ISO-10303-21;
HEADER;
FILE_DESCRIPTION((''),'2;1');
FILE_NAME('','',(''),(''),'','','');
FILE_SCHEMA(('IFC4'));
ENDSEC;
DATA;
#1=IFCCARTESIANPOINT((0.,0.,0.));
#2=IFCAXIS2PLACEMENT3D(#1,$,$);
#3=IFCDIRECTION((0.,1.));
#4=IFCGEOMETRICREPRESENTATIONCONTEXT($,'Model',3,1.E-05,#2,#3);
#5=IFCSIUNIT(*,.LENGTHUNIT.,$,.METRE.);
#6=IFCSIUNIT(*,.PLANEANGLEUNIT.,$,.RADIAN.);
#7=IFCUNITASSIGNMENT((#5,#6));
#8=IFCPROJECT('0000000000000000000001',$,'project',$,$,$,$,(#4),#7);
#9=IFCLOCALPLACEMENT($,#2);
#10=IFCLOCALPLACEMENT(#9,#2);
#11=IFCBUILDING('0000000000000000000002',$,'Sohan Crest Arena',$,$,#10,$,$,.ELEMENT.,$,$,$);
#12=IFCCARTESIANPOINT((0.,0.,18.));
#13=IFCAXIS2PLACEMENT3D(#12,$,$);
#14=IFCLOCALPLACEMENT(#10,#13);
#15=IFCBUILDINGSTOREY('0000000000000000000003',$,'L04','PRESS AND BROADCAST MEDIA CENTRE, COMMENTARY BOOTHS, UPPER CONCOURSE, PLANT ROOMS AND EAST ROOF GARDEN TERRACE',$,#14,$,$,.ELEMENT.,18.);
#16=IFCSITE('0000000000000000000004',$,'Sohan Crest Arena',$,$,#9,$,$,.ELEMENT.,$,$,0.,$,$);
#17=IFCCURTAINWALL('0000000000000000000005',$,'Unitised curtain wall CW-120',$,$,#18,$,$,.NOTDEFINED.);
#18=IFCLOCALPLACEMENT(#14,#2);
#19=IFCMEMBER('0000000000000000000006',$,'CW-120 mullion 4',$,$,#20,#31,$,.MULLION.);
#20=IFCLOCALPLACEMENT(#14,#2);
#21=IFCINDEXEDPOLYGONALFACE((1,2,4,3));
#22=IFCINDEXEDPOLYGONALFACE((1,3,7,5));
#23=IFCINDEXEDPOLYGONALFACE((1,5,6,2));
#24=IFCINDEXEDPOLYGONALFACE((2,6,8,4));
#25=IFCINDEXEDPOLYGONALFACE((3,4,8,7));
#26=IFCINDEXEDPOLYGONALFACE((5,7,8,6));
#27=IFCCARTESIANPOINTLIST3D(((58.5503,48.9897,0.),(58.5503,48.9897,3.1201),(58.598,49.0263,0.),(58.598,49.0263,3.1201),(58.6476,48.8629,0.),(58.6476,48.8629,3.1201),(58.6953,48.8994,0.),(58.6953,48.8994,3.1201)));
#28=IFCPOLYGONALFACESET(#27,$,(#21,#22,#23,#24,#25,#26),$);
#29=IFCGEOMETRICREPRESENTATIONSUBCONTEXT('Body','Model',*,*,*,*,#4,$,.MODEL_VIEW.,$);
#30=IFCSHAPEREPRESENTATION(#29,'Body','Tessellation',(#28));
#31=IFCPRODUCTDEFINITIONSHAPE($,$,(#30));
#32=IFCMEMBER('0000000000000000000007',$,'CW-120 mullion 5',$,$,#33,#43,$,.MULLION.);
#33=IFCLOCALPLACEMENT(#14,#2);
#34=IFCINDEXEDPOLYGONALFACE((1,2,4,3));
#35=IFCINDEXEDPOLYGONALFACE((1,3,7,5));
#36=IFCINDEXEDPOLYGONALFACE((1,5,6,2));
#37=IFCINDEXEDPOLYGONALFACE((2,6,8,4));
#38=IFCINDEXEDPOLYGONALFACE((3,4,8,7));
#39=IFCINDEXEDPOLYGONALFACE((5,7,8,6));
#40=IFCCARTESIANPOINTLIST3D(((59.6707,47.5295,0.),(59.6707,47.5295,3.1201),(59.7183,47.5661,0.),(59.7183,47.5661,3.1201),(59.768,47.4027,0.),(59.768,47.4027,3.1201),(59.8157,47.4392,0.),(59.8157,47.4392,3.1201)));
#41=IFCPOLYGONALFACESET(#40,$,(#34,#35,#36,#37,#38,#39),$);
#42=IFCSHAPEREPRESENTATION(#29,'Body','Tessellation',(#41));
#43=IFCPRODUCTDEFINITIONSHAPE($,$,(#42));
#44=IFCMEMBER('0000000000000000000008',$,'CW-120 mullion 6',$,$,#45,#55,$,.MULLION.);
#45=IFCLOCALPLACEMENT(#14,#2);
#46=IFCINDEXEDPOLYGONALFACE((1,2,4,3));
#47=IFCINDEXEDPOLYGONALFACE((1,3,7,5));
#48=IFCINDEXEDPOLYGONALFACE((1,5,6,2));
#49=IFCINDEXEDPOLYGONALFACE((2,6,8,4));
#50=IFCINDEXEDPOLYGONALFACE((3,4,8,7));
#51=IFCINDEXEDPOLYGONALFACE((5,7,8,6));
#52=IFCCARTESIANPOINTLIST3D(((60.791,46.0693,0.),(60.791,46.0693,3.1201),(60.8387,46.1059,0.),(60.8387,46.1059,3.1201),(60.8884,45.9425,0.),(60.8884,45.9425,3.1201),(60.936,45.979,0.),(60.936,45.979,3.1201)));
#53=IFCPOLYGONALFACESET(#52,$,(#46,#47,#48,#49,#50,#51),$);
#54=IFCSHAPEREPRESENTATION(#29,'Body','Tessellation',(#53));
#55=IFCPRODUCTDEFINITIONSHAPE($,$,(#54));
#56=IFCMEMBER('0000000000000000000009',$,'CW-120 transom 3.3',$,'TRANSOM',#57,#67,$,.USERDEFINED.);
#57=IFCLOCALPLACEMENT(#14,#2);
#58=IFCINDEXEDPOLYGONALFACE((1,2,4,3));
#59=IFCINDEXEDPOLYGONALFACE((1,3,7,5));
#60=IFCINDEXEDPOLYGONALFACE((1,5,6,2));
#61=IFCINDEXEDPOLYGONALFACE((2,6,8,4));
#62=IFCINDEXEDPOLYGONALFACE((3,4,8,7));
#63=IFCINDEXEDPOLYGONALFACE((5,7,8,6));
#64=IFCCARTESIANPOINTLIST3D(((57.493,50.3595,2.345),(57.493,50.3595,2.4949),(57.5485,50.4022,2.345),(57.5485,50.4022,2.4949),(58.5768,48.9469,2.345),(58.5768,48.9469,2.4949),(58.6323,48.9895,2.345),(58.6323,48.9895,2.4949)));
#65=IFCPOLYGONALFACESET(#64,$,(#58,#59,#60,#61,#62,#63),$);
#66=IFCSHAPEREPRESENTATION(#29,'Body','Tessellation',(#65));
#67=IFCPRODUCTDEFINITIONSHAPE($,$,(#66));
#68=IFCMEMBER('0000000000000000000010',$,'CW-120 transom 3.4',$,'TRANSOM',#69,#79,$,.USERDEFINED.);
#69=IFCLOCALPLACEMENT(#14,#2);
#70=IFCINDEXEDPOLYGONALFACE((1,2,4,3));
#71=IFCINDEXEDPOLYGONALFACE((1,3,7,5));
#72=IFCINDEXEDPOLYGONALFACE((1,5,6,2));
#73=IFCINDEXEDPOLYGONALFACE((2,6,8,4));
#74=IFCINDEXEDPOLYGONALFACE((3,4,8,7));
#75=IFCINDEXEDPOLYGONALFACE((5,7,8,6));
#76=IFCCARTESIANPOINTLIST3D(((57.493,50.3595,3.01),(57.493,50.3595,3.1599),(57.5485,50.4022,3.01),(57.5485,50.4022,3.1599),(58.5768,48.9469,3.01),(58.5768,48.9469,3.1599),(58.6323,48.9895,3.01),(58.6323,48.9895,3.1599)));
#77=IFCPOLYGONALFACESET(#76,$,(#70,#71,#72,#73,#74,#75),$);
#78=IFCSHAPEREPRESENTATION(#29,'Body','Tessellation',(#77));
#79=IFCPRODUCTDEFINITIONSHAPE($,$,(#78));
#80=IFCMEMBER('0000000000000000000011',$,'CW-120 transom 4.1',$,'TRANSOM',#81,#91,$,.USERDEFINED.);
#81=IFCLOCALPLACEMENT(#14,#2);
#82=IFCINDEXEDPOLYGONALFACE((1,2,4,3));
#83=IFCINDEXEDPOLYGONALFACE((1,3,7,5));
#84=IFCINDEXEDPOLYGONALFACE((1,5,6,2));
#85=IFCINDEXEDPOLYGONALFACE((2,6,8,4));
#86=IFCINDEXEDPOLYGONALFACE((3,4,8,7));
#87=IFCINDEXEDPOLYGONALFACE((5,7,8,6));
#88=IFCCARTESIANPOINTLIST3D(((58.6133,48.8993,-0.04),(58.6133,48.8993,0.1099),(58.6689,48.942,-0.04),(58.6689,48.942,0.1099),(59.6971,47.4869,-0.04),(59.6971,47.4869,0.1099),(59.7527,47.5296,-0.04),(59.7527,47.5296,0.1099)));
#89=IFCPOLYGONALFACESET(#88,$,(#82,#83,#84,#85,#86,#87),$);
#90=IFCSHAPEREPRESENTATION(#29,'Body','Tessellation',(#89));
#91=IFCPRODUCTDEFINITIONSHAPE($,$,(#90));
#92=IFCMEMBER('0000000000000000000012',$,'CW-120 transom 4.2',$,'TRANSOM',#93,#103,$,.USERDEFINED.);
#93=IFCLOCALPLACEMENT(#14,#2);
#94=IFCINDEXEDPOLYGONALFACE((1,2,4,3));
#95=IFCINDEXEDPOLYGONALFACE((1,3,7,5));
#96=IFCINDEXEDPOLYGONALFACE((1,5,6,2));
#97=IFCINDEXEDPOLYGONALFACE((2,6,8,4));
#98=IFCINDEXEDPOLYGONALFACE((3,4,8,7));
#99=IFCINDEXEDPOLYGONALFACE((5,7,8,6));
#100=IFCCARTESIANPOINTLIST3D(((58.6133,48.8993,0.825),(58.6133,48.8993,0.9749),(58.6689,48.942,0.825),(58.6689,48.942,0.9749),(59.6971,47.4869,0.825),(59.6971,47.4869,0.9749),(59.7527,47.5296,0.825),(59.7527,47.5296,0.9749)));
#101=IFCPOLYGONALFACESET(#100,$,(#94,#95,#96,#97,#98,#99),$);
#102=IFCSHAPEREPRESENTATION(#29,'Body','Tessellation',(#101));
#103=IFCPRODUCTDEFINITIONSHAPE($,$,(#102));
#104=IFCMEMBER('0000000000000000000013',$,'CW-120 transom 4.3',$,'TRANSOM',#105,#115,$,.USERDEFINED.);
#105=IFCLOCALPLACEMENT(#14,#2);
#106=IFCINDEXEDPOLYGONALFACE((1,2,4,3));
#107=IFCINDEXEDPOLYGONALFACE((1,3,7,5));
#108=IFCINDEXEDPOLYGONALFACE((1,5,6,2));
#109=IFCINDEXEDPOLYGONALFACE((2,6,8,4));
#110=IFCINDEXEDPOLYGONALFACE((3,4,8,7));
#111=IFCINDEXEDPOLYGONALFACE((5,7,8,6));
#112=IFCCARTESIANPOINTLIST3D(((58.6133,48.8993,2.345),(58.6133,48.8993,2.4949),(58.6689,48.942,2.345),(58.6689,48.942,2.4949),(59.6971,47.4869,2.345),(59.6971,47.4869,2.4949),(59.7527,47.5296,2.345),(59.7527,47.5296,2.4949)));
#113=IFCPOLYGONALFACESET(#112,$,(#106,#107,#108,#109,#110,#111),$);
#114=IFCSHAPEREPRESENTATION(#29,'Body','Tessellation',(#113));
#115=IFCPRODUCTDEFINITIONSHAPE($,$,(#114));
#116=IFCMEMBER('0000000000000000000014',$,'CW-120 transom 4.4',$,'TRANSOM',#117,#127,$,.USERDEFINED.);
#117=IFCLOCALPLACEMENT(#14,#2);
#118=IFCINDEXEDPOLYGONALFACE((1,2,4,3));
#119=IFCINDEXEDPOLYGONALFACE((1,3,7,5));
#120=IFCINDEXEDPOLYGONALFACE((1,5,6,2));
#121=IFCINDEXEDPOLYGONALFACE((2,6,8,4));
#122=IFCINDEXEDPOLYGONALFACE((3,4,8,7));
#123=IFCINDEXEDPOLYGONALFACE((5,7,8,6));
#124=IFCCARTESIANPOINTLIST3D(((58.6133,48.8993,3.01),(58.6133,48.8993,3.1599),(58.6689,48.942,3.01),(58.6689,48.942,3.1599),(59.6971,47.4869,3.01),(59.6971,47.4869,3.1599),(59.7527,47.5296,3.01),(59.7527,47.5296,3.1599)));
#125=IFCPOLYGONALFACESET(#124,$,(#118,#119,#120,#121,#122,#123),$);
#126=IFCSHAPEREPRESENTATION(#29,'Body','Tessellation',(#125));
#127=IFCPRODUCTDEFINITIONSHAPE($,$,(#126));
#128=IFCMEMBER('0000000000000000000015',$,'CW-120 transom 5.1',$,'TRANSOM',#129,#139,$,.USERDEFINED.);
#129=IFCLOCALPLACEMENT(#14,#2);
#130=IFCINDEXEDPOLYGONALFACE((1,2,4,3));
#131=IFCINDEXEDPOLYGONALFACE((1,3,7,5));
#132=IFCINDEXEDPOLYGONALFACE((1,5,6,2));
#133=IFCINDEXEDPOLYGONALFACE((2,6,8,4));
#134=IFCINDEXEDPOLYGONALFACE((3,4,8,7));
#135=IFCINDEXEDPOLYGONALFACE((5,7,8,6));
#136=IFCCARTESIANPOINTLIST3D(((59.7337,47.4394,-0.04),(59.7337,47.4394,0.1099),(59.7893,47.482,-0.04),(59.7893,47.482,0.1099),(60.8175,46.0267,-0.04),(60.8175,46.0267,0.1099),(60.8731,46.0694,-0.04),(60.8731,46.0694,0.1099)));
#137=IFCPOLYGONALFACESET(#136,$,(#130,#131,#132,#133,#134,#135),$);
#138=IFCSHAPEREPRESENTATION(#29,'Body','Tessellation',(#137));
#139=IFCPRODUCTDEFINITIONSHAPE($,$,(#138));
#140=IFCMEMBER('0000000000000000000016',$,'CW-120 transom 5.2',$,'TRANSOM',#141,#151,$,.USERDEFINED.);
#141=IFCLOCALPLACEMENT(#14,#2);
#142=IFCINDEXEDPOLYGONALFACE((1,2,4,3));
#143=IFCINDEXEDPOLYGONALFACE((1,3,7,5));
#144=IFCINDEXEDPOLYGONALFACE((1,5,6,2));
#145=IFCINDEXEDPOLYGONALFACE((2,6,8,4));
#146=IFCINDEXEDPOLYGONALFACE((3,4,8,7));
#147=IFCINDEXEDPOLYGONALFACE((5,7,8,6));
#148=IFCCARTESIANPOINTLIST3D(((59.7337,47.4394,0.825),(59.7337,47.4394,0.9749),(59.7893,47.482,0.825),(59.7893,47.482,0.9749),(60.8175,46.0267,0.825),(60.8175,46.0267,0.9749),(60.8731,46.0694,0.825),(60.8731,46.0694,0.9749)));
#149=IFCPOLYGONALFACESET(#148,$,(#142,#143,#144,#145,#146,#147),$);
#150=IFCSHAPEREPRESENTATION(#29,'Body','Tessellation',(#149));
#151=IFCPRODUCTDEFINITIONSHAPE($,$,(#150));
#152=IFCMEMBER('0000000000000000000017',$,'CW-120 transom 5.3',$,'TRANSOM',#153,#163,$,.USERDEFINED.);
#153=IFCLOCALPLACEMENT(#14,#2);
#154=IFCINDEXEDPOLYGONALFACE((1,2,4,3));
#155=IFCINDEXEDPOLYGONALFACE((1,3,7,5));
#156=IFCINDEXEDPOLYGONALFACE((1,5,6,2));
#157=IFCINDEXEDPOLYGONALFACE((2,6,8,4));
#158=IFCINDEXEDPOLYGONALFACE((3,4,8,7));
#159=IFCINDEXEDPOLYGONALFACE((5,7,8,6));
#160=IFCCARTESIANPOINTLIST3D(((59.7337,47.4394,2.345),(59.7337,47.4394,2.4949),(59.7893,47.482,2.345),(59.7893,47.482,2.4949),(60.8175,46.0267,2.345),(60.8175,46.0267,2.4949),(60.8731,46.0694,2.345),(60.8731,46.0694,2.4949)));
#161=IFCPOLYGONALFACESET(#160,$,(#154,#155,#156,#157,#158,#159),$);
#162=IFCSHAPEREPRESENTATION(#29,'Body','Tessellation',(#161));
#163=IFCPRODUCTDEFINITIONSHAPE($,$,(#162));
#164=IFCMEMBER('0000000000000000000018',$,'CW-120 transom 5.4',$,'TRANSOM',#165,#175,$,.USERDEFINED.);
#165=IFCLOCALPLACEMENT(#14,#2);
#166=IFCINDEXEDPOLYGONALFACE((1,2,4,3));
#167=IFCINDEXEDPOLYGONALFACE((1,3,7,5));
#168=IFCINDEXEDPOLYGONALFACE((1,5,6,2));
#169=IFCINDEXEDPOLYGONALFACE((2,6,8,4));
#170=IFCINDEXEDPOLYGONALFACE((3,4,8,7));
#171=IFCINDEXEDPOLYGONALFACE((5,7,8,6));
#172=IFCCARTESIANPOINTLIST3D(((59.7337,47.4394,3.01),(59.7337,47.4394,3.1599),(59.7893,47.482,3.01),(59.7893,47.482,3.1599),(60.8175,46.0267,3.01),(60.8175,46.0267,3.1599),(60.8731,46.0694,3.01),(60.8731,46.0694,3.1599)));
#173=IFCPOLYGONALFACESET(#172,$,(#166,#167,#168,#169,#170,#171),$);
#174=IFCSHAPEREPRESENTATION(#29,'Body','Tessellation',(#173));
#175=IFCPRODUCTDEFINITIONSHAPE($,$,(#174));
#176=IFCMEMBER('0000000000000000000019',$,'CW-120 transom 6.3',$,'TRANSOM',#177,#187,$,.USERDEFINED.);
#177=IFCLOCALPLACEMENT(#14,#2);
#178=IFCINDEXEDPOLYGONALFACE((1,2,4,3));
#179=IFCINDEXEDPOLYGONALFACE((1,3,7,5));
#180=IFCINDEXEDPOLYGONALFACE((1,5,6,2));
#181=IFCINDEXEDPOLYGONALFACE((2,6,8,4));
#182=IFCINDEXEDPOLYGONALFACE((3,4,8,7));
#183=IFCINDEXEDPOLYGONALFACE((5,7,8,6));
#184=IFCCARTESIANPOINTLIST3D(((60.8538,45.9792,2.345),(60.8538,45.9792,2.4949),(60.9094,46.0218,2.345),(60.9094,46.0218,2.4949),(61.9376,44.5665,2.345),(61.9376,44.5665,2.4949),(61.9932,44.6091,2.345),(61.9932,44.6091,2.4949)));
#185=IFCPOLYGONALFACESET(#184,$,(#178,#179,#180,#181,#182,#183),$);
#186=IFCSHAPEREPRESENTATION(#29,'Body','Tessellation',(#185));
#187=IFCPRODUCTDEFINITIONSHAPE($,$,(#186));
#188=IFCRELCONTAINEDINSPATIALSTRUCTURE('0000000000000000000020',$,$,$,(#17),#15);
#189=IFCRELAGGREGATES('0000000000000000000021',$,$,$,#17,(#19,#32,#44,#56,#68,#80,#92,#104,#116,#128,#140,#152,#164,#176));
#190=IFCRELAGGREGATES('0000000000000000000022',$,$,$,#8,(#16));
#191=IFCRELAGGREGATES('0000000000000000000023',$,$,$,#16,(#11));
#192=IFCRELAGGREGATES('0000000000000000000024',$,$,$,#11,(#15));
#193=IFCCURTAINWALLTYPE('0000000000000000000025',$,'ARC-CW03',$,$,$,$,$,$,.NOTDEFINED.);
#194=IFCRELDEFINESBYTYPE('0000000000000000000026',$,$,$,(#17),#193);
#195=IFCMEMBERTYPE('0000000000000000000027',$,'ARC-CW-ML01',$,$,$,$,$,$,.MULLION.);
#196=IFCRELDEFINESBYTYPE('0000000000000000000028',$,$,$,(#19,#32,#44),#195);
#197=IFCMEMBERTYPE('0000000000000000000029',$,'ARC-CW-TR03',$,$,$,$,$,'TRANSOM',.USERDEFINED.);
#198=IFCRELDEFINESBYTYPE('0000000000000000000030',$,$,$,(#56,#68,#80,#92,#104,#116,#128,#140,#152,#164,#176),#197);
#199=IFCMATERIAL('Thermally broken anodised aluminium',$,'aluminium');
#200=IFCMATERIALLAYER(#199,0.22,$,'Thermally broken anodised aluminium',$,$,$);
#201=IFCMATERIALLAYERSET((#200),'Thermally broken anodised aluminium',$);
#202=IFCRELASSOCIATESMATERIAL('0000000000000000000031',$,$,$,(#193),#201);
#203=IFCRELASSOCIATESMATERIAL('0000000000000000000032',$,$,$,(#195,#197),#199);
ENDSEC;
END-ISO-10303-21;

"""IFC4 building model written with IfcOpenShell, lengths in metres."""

from ifc_helpers import new_model, si_unit, direction, frame, origin, origin_2d, place, context, subcontext, project, spatial, rectangle, extrude, material, layer, layer_set, material_profile, profile_set, type_object, element, aggregate, save


model = new_model("IFC4")

# Units and contexts
model_context = context("Model", 3, precision=1e-05, world=origin(), true_north=direction((0.0, 1.0)))
body_context = subcontext(model_context, "Body", "Model", "MODEL_VIEW")
ifc_project = project(units=[si_unit("LENGTHUNIT", "METRE"), si_unit("PLANEANGLEUNIT", "RADIAN")], contexts=[model_context])

# Site, building, storey
site_placement = place(None, origin())
site = spatial("IfcSite", under=ifc_project, at=site_placement, Name="Sohan Crest Arena", CompositionType="ELEMENT", RefElevation=0.0)
building_placement = place(site_placement, origin())
building = spatial("IfcBuilding", under=site, at=building_placement, Name="Sohan Crest Arena", CompositionType="ELEMENT")
storey_placement = place(building_placement, frame((0.0, 0.0, 18.0)))
storey = spatial("IfcBuildingStorey", under=building, at=storey_placement, Name="L04", Description="PRESS AND BROADCAST MEDIA CENTRE, COMMENTARY BOOTHS, UPPER CONCOURSE, PLANT ROOMS AND EAST ROOF GARDEN TERRACE", CompositionType="ELEMENT", Elevation=18.0)

# Curtain wall, members
ifc_material_1 = material(Name="Thermally broken anodised aluminium", Category="aluminium")
ifc_layer_1 = layer(ifc_material_1, 0.22, Name="Thermally broken anodised aluminium")
ifc_layer_set_1 = layer_set([ifc_layer_1], Name="Thermally broken anodised aluminium")
curtain_wall_type = type_object("IfcCurtainWallType", Name="ARC-CW03", PredefinedType="NOTDEFINED", material=ifc_layer_set_1)
curtain_wall_placement = place(storey_placement, origin())
curtain_wall = element("IfcCurtainWall", 1, at=curtain_wall_placement, inside=storey, type_object=curtain_wall_type, Name="Unitised curtain wall CW-120", PredefinedType="NOTDEFINED")
ifc_material_profile_1 = material_profile(ifc_material_1, rectangle(XDim=0.0601, YDim=0.1599, at=origin_2d()), Name="ALU-MULL 60x160")
ifc_profile_set_1 = profile_set([ifc_material_profile_1], Name="Thermally broken anodised aluminium")
member_type_1 = type_object("IfcMemberType", Name="ARC-CW-ML01", PredefinedType="MULLION", material=ifc_profile_set_1)
member_1_placement = place(storey_placement, frame((58.6228, 48.9446, 0.0), z_axis=(0.0, 0.0, 1.0), x_axis=(0.793385, 0.60872, 0.0)))
member_1 = element("IfcMember", 2, at=member_1_placement, type_object=member_type_1, Name="CW-120 mullion 4", PredefinedType="MULLION", context=body_context, shape_type="SweptSolid", body=[
    extrude(rectangle(XDim=0.0601, YDim=0.1599, at=origin_2d()), origin(), (0.0, 0.0, 1.0), 3.1201),
])
member_2_placement = place(storey_placement, frame((59.7432, 47.4844, 0.0), z_axis=(0.0, 0.0, 1.0), x_axis=(0.793385, 0.60872, 0.0)))
member_2 = element("IfcMember", 3, at=member_2_placement, type_object=member_type_1, Name="CW-120 mullion 5", PredefinedType="MULLION", context=body_context, shape_type="SweptSolid", body=[
    extrude(rectangle(XDim=0.0601, YDim=0.1599, at=origin_2d()), origin(), (0.0, 0.0, 1.0), 3.1201),
])
member_3_placement = place(storey_placement, frame((60.8635, 46.0242, 0.0), z_axis=(0.0, 0.0, 1.0), x_axis=(0.793385, 0.60872, 0.0)))
member_3 = element("IfcMember", 4, at=member_3_placement, type_object=member_type_1, Name="CW-120 mullion 6", PredefinedType="MULLION", context=body_context, shape_type="SweptSolid", body=[
    extrude(rectangle(XDim=0.0601, YDim=0.1599, at=origin_2d()), origin(), (0.0, 0.0, 1.0), 3.1201),
])
ifc_material_profile_2 = material_profile(ifc_material_1, rectangle(XDim=0.0701, YDim=0.1499, at=origin_2d()), Name="ALU-TRAN 70x150")
ifc_profile_set_2 = profile_set([ifc_material_profile_2], Name="Thermally broken anodised aluminium")
member_type_2 = type_object("IfcMemberType", Name="ARC-CW-TR03", ElementType="TRANSOM", PredefinedType="USERDEFINED", material=ifc_profile_set_2)
member_4_placement = place(storey_placement, frame((57.5208, 50.3809, 2.4199), z_axis=(0.608696, -0.793403, 0.0), x_axis=(0.793403, 0.608696, 0.0)))
member_4 = element("IfcMember", 5, at=member_4_placement, type_object=member_type_2, Name="CW-120 transom 3.3", ObjectType="TRANSOM", PredefinedType="USERDEFINED", context=body_context, shape_type="SweptSolid", body=[
    extrude(rectangle(XDim=0.0701, YDim=0.1499, at=origin_2d()), origin(), (0.0, 0.0, 1.0), 1.7805),
])
member_5_placement = place(storey_placement, frame((57.5208, 50.3809, 3.085), z_axis=(0.608696, -0.793403, 0.0), x_axis=(0.793403, 0.608696, 0.0)))
member_5 = element("IfcMember", 6, at=member_5_placement, type_object=member_type_2, Name="CW-120 transom 3.4", ObjectType="TRANSOM", PredefinedType="USERDEFINED", context=body_context, shape_type="SweptSolid", body=[
    extrude(rectangle(XDim=0.0701, YDim=0.1499, at=origin_2d()), origin(), (0.0, 0.0, 1.0), 1.7805),
])
member_6_placement = place(storey_placement, frame((58.6411, 48.9207, 0.0349), z_axis=(0.608763, -0.793352, 0.0), x_axis=(0.793352, 0.608763, 0.0)))
member_6 = element("IfcMember", 7, at=member_6_placement, type_object=member_type_2, Name="CW-120 transom 4.1", ObjectType="TRANSOM", PredefinedType="USERDEFINED", context=body_context, shape_type="SweptSolid", body=[
    extrude(rectangle(XDim=0.0701, YDim=0.1499, at=origin_2d()), origin(), (0.0, 0.0, 1.0), 1.7803),
])
member_7_placement = place(storey_placement, frame((58.6411, 48.9207, 0.8999), z_axis=(0.608763, -0.793352, 0.0), x_axis=(0.793352, 0.608763, 0.0)))
member_7 = element("IfcMember", 8, at=member_7_placement, type_object=member_type_2, Name="CW-120 transom 4.2", ObjectType="TRANSOM", PredefinedType="USERDEFINED", context=body_context, shape_type="SweptSolid", body=[
    extrude(rectangle(XDim=0.0701, YDim=0.1499, at=origin_2d()), origin(), (0.0, 0.0, 1.0), 1.7803),
])
member_8_placement = place(storey_placement, frame((58.6411, 48.9207, 2.4199), z_axis=(0.608763, -0.793352, 0.0), x_axis=(0.793352, 0.608763, 0.0)))
member_8 = element("IfcMember", 9, at=member_8_placement, type_object=member_type_2, Name="CW-120 transom 4.3", ObjectType="TRANSOM", PredefinedType="USERDEFINED", context=body_context, shape_type="SweptSolid", body=[
    extrude(rectangle(XDim=0.0701, YDim=0.1499, at=origin_2d()), origin(), (0.0, 0.0, 1.0), 1.7803),
])
member_9_placement = place(storey_placement, frame((58.6411, 48.9207, 3.085), z_axis=(0.608763, -0.793352, 0.0), x_axis=(0.793352, 0.608763, 0.0)))
member_9 = element("IfcMember", 10, at=member_9_placement, type_object=member_type_2, Name="CW-120 transom 4.4", ObjectType="TRANSOM", PredefinedType="USERDEFINED", context=body_context, shape_type="SweptSolid", body=[
    extrude(rectangle(XDim=0.0701, YDim=0.1499, at=origin_2d()), origin(), (0.0, 0.0, 1.0), 1.7803),
])
member_10_placement = place(storey_placement, frame((59.7615, 47.4607, 0.0349), z_axis=(0.608696, -0.793403, 0.0), x_axis=(0.793403, 0.608696, 0.0)))
member_10 = element("IfcMember", 11, at=member_10_placement, type_object=member_type_2, Name="CW-120 transom 5.1", ObjectType="TRANSOM", PredefinedType="USERDEFINED", context=body_context, shape_type="SweptSolid", body=[
    extrude(rectangle(XDim=0.0701, YDim=0.1499, at=origin_2d()), origin(), (0.0, 0.0, 1.0), 1.7805),
])
member_11_placement = place(storey_placement, frame((59.7615, 47.4607, 0.8999), z_axis=(0.608696, -0.793403, 0.0), x_axis=(0.793403, 0.608696, 0.0)))
member_11 = element("IfcMember", 12, at=member_11_placement, type_object=member_type_2, Name="CW-120 transom 5.2", ObjectType="TRANSOM", PredefinedType="USERDEFINED", context=body_context, shape_type="SweptSolid", body=[
    extrude(rectangle(XDim=0.0701, YDim=0.1499, at=origin_2d()), origin(), (0.0, 0.0, 1.0), 1.7805),
])
member_12_placement = place(storey_placement, frame((59.7615, 47.4607, 2.4199), z_axis=(0.608696, -0.793403, 0.0), x_axis=(0.793403, 0.608696, 0.0)))
member_12 = element("IfcMember", 13, at=member_12_placement, type_object=member_type_2, Name="CW-120 transom 5.3", ObjectType="TRANSOM", PredefinedType="USERDEFINED", context=body_context, shape_type="SweptSolid", body=[
    extrude(rectangle(XDim=0.0701, YDim=0.1499, at=origin_2d()), origin(), (0.0, 0.0, 1.0), 1.7805),
])
member_13_placement = place(storey_placement, frame((59.7615, 47.4607, 3.085), z_axis=(0.608696, -0.793403, 0.0), x_axis=(0.793403, 0.608696, 0.0)))
member_13 = element("IfcMember", 14, at=member_13_placement, type_object=member_type_2, Name="CW-120 transom 5.4", ObjectType="TRANSOM", PredefinedType="USERDEFINED", context=body_context, shape_type="SweptSolid", body=[
    extrude(rectangle(XDim=0.0701, YDim=0.1499, at=origin_2d()), origin(), (0.0, 0.0, 1.0), 1.7805),
])
member_14_placement = place(storey_placement, frame((60.8816, 46.0005, 2.4199), z_axis=(0.608696, -0.793403, 0.0), x_axis=(0.793403, 0.608696, 0.0)))
member_14 = element("IfcMember", 15, at=member_14_placement, type_object=member_type_2, Name="CW-120 transom 6.3", ObjectType="TRANSOM", PredefinedType="USERDEFINED", context=body_context, shape_type="SweptSolid", body=[
    extrude(rectangle(XDim=0.0701, YDim=0.1499, at=origin_2d()), origin(), (0.0, 0.0, 1.0), 1.7805),
])
aggregate(curtain_wall, [member_1, member_2, member_3, member_4, member_5, member_6, member_7, member_8, member_9, member_10, member_11, member_12, member_13, member_14])

save(model, "model.ifc")
